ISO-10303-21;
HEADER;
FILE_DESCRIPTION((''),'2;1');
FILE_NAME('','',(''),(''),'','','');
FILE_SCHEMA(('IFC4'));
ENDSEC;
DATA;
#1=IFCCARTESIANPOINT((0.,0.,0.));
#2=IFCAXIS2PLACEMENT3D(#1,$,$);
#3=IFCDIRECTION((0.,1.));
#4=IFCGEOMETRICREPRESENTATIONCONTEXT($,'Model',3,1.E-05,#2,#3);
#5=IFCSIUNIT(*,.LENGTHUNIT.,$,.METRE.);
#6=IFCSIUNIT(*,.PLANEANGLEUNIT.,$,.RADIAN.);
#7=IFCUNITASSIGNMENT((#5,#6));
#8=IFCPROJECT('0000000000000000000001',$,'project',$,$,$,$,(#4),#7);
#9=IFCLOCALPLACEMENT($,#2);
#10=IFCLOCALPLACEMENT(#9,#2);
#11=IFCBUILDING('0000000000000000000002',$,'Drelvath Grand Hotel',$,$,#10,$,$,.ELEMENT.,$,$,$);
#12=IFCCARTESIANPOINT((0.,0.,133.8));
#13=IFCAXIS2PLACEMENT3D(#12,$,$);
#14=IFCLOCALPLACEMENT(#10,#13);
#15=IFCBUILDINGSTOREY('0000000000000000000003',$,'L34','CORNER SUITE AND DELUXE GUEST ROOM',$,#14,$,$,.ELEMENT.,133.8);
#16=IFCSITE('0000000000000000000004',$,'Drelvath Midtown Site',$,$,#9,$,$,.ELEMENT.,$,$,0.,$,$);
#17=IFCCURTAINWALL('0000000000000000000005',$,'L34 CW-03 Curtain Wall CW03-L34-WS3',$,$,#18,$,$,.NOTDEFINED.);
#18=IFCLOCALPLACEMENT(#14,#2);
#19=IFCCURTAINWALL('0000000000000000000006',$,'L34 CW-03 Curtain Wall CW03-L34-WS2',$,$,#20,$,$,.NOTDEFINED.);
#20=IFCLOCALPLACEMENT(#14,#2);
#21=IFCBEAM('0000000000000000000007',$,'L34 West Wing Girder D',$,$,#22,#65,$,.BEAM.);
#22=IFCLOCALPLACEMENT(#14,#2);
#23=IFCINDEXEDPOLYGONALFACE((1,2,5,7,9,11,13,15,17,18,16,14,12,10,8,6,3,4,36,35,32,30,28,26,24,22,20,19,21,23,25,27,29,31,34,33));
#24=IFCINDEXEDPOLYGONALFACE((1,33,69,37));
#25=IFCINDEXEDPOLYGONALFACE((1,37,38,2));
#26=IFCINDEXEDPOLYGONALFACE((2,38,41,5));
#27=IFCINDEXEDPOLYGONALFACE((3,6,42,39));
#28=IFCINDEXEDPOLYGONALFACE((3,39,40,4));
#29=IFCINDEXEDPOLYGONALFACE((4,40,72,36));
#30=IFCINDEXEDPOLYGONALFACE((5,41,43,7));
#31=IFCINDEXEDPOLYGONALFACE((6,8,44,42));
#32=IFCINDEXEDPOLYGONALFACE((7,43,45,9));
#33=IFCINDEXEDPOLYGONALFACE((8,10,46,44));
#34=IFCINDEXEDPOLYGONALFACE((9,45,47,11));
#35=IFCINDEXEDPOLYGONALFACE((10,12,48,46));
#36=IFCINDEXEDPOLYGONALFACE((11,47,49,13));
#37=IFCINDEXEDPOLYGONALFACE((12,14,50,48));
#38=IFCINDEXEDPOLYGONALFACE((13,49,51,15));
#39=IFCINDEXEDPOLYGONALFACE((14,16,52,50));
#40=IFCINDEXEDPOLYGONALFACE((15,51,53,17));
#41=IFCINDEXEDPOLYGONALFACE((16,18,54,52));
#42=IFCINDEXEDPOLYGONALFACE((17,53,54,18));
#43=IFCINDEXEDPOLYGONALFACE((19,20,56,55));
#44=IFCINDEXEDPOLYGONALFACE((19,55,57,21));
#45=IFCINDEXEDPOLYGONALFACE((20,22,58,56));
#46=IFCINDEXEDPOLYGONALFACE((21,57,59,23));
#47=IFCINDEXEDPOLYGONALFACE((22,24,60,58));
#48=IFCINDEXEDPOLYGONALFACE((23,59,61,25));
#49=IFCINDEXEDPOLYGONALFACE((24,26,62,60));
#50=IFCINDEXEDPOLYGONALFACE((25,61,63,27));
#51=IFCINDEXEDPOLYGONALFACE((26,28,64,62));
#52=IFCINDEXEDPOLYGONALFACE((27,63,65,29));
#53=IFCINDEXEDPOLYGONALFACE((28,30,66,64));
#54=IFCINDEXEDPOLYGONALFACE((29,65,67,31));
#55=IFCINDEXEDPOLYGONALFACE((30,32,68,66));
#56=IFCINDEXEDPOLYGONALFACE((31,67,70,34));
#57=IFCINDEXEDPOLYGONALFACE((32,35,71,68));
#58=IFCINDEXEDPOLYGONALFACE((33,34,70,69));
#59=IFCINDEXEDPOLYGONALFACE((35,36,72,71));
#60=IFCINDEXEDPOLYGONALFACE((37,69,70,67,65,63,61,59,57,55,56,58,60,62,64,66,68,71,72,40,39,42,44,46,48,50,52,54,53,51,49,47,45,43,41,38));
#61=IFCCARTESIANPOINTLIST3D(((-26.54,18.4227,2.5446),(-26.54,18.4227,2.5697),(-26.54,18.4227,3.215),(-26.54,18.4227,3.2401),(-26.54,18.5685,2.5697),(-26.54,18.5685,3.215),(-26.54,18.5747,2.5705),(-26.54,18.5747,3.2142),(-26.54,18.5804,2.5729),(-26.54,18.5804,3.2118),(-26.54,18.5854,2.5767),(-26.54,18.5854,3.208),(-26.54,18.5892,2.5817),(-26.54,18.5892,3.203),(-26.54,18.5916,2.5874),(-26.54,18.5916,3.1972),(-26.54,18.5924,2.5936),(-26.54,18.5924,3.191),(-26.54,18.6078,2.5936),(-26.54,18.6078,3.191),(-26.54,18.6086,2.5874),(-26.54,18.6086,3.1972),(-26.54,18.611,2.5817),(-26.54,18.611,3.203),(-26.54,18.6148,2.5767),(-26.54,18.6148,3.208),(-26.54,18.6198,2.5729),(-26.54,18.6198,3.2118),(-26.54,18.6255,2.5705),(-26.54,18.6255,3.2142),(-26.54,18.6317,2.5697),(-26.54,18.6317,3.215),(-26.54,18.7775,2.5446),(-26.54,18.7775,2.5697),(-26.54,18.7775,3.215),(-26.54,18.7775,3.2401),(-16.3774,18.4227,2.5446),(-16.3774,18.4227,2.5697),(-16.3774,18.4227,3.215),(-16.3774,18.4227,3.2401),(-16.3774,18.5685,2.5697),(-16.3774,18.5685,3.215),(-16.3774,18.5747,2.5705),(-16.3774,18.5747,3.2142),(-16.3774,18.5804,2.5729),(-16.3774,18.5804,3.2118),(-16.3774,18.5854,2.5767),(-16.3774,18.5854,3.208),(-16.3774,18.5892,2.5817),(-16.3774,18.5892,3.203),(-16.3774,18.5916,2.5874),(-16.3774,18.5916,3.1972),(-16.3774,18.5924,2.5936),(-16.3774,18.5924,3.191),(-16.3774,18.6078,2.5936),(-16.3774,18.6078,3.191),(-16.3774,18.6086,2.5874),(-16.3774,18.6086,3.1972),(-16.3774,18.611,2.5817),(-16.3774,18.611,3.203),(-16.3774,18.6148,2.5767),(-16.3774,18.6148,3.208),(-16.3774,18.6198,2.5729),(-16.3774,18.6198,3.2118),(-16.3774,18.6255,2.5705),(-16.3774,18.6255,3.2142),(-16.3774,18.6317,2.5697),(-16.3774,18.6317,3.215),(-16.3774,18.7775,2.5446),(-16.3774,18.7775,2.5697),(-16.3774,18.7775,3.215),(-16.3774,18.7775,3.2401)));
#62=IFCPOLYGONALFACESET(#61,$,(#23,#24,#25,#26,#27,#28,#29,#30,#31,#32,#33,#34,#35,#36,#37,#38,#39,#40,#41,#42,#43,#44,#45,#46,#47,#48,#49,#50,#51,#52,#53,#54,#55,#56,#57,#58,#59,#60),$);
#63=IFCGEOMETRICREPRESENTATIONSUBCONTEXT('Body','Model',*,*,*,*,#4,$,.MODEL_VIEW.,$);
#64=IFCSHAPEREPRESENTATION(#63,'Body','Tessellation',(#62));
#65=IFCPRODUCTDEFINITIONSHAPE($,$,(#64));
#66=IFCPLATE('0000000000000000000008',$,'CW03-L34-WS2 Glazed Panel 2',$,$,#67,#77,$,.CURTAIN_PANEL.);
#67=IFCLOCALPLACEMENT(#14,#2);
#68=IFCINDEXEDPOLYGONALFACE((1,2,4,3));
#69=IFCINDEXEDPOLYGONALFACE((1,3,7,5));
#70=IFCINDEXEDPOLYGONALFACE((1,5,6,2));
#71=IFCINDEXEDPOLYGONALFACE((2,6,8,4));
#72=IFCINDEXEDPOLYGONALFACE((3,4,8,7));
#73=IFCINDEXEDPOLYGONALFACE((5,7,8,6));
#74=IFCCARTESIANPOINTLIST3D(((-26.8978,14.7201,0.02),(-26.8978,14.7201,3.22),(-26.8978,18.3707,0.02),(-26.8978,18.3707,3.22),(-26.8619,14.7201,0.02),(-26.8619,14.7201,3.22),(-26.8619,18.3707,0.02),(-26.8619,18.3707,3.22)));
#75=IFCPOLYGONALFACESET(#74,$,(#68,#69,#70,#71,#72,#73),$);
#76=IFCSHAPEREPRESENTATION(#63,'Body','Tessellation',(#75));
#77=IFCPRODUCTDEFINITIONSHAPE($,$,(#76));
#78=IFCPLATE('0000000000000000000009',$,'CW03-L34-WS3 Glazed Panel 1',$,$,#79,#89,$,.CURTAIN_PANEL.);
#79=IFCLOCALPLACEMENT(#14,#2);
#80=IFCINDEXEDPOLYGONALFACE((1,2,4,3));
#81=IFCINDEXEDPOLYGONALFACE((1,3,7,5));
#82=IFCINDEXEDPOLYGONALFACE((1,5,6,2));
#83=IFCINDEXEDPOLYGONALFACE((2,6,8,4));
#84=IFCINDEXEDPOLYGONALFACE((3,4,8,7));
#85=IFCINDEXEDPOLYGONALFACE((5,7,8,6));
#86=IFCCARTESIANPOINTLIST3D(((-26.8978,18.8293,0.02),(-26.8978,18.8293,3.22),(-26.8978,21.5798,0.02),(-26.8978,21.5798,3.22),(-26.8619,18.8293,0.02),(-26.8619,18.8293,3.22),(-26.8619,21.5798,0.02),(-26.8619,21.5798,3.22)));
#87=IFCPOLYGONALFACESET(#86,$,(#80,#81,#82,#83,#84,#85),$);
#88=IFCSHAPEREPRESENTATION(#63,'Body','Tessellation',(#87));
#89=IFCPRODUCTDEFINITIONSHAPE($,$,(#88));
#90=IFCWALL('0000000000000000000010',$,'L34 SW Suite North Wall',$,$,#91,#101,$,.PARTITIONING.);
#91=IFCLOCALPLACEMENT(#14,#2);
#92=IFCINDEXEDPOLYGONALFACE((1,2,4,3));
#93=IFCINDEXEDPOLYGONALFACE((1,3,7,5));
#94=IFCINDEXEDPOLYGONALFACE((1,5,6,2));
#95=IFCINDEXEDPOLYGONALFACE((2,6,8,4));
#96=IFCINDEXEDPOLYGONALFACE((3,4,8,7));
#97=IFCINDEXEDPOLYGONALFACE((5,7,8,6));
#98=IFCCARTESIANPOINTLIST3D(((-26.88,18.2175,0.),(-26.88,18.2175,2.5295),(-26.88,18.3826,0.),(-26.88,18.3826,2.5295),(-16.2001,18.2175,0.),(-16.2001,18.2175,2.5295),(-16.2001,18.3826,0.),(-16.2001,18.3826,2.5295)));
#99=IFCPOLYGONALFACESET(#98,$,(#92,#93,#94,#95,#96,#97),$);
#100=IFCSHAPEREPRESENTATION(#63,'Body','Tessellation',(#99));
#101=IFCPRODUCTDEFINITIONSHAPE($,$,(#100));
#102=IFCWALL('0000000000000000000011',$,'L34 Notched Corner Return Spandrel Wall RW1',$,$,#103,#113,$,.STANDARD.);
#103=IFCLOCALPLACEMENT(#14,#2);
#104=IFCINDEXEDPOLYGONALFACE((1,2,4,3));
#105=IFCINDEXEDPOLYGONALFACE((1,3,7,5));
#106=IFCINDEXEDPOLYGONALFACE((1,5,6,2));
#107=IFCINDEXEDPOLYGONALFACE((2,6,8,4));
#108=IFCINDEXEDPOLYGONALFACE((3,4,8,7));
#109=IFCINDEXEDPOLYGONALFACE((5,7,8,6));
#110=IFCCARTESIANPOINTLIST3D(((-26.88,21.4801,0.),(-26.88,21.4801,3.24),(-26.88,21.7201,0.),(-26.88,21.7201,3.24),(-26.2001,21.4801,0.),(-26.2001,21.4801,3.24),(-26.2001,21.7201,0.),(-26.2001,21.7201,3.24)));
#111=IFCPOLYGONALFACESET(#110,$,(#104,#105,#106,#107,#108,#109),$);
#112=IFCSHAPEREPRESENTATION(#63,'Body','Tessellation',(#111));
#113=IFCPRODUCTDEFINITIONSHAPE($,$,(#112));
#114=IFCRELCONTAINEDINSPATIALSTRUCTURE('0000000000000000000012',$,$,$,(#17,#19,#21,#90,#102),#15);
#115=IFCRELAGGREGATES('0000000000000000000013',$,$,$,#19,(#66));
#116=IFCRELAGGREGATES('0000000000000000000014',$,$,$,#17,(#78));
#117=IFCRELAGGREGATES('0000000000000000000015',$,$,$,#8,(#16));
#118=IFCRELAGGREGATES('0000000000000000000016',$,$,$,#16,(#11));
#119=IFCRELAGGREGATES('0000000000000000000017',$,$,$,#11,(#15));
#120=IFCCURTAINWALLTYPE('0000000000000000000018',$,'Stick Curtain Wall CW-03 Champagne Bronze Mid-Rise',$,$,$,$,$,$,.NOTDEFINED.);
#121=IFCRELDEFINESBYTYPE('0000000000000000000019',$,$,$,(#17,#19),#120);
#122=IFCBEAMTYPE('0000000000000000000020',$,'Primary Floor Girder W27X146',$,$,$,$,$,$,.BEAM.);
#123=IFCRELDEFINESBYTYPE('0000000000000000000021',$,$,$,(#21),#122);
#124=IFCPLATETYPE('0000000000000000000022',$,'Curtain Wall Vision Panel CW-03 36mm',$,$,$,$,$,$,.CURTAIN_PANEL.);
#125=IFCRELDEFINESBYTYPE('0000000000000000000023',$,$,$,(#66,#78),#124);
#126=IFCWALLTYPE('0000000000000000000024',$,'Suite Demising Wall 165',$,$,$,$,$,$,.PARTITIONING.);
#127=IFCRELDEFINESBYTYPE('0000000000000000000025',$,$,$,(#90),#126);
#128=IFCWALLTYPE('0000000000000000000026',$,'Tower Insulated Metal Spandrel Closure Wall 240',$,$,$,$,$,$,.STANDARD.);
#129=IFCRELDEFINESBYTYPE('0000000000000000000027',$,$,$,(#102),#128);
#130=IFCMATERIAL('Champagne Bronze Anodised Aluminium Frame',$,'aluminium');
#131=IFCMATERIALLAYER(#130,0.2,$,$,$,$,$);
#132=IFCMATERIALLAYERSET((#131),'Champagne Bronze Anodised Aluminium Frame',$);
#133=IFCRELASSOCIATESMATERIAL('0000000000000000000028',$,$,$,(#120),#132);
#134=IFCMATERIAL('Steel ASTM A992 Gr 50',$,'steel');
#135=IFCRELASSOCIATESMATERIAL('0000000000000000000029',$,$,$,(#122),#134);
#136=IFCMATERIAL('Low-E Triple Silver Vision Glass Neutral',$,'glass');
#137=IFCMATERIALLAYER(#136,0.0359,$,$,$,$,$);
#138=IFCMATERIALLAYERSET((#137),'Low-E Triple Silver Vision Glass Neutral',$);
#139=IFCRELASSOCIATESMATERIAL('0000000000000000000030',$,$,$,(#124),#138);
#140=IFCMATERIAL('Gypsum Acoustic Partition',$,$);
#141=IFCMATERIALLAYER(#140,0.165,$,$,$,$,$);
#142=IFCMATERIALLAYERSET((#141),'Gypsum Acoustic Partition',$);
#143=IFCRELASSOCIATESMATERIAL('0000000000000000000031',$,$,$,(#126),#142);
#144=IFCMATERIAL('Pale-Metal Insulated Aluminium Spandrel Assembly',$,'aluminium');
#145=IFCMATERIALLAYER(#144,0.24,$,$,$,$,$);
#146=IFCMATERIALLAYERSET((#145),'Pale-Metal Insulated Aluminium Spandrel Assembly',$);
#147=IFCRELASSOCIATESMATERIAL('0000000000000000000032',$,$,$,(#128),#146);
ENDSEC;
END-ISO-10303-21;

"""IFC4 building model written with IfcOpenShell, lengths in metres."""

from ifc_helpers import new_model, si_unit, direction, frame, frame_2d, origin, origin_2d, place, context, subcontext, project, spatial, rectangle, i_section, extrude, material, layer, layer_set, material_profile, profile_set, type_object, element, aggregate, save


model = new_model("IFC4")

# Units and contexts
model_context = context("Model", 3, precision=1e-05, world=origin(), true_north=direction((0.0, 1.0)))
body_context = subcontext(model_context, "Body", "Model", "MODEL_VIEW")
ifc_project = project(units=[si_unit("LENGTHUNIT", "METRE"), si_unit("PLANEANGLEUNIT", "RADIAN")], contexts=[model_context])

# Site, building, storey
site_placement = place(None, origin())
site = spatial("IfcSite", under=ifc_project, at=site_placement, Name="Drelvath Midtown Site", CompositionType="ELEMENT", RefElevation=0.0)
building_placement = place(site_placement, origin())
building = spatial("IfcBuilding", under=site, at=building_placement, Name="Drelvath Grand Hotel", CompositionType="ELEMENT")
storey_placement = place(building_placement, frame((0.0, 0.0, 133.8)))
storey = spatial("IfcBuildingStorey", under=building, at=storey_placement, Name="L34", Description="CORNER SUITE AND DELUXE GUEST ROOM", CompositionType="ELEMENT", Elevation=133.8)

# Curtain wall
ifc_material_1 = material(Name="Champagne Bronze Anodised Aluminium Frame", Category="aluminium")
ifc_layer_1 = layer(ifc_material_1, 0.2)
ifc_layer_set_1 = layer_set([ifc_layer_1], Name="Champagne Bronze Anodised Aluminium Frame")
curtain_wall_type = type_object("IfcCurtainWallType", Name="Stick Curtain Wall CW-03 Champagne Bronze Mid-Rise", PredefinedType="NOTDEFINED", material=ifc_layer_set_1)
curtain_wall_1_placement = place(storey_placement, origin())
curtain_wall_1 = element("IfcCurtainWall", 1, at=curtain_wall_1_placement, inside=storey, type_object=curtain_wall_type, Name="L34 CW-03 Curtain Wall CW03-L34-WS3", PredefinedType="NOTDEFINED")

# Curtain wall
curtain_wall_2_placement = place(storey_placement, origin())
curtain_wall_2 = element("IfcCurtainWall", 2, at=curtain_wall_2_placement, inside=storey, type_object=curtain_wall_type, Name="L34 CW-03 Curtain Wall CW03-L34-WS2", PredefinedType="NOTDEFINED")

# Beam
ifc_material_2 = material(Name="Steel ASTM A992 Gr 50", Category="steel")
ifc_material_profile_1 = material_profile(ifc_material_2, i_section(OverallWidth=0.3547, OverallDepth=0.6956, WebThickness=0.0154, FlangeThickness=0.0251, FilletRadius=0.0239, at=origin_2d()), Name="W27X146")
ifc_profile_set_1 = profile_set([ifc_material_profile_1], Name="Steel ASTM A992 Gr 50")
beam_type = type_object("IfcBeamType", Name="Primary Floor Girder W27X146", PredefinedType="BEAM", material=ifc_profile_set_1)
beam_placement = place(storey_placement, frame((-26.54, 18.6001, 2.8923), z_axis=(1.0, 0.0, 0.0), x_axis=(0.0, 1.0, 0.0)))
element("IfcBeam", 3, at=beam_placement, inside=storey, type_object=beam_type, Name="L34 West Wing Girder D", PredefinedType="BEAM", context=body_context, shape_type="SweptSolid", body=[
    extrude(i_section(OverallWidth=0.3547, OverallDepth=0.6956, WebThickness=0.0154, FlangeThickness=0.0251, FilletRadius=0.0239, at=origin_2d()), origin(), (0.0, 0.0, 1.0), 10.1626),
])

# Plates
ifc_material_3 = material(Name="Low-E Triple Silver Vision Glass Neutral", Category="glass")
ifc_layer_2 = layer(ifc_material_3, 0.0359)
ifc_layer_set_2 = layer_set([ifc_layer_2], Name="Low-E Triple Silver Vision Glass Neutral")
plate_type = type_object("IfcPlateType", Name="Curtain Wall Vision Panel CW-03 36mm", PredefinedType="CURTAIN_PANEL", material=ifc_layer_set_2)
plate_1_placement = place(storey_placement, frame((-26.8799, 16.5454, 0.02), z_axis=(0.0, 0.0, 1.0), x_axis=(0.0, 1.0, 0.0)))
plate_1 = element("IfcPlate", 4, at=plate_1_placement, type_object=plate_type, Name="CW03-L34-WS2 Glazed Panel 2", PredefinedType="CURTAIN_PANEL", context=body_context, shape_type="SweptSolid", body=[
    extrude(rectangle(XDim=3.6506, YDim=0.0359, at=origin_2d()), origin(), (0.0, 0.0, 1.0), 3.2),
])
aggregate(curtain_wall_2, [plate_1])
plate_2_placement = place(storey_placement, frame((-26.8799, 20.2046, 0.02), z_axis=(0.0, 0.0, 1.0), x_axis=(0.0, 1.0, 0.0)))
plate_2 = element("IfcPlate", 5, at=plate_2_placement, type_object=plate_type, Name="CW03-L34-WS3 Glazed Panel 1", PredefinedType="CURTAIN_PANEL", context=body_context, shape_type="SweptSolid", body=[
    extrude(rectangle(XDim=2.7505, YDim=0.0359, at=origin_2d()), origin(), (0.0, 0.0, 1.0), 3.2),
])
aggregate(curtain_wall_1, [plate_2])

# Walls
ifc_material_4 = material(Name="Gypsum Acoustic Partition")
ifc_layer_3 = layer(ifc_material_4, 0.165)
ifc_layer_set_3 = layer_set([ifc_layer_3], Name="Gypsum Acoustic Partition")
wall_type_1 = type_object("IfcWallType", Name="Suite Demising Wall 165", PredefinedType="PARTITIONING", material=ifc_layer_set_3)
wall_1_placement = place(storey_placement, frame((-26.8799, 18.3, 0.0), z_axis=(0.0, 0.0, 1.0), x_axis=(1.0, 0.0, 0.0)))
element("IfcWall", 6, at=wall_1_placement, inside=storey, type_object=wall_type_1, Name="L34 SW Suite North Wall", PredefinedType="PARTITIONING", context=body_context, shape_type="SweptSolid", body=[
    extrude(rectangle(XDim=10.6799, YDim=0.165, at=frame_2d((5.3398, 0.0))), origin(), (0.0, 0.0, 1.0), 2.5295),
])
ifc_material_5 = material(Name="Pale-Metal Insulated Aluminium Spandrel Assembly", Category="aluminium")
ifc_layer_4 = layer(ifc_material_5, 0.24)
ifc_layer_set_4 = layer_set([ifc_layer_4], Name="Pale-Metal Insulated Aluminium Spandrel Assembly")
wall_type_2 = type_object("IfcWallType", Name="Tower Insulated Metal Spandrel Closure Wall 240", PredefinedType="STANDARD", material=ifc_layer_set_4)
wall_2_placement = place(storey_placement, frame((-26.8799, 21.6001, 0.0), z_axis=(0.0, 0.0, 1.0), x_axis=(1.0, 0.0, 0.0)))
element("IfcWall", 7, at=wall_2_placement, inside=storey, type_object=wall_type_2, Name="L34 Notched Corner Return Spandrel Wall RW1", PredefinedType="STANDARD", context=body_context, shape_type="SweptSolid", body=[
    extrude(rectangle(XDim=0.6799, YDim=0.24, at=frame_2d((0.3398, 0.0))), origin(), (0.0, 0.0, 1.0), 3.24),
])

save(model, "model.ifc")
